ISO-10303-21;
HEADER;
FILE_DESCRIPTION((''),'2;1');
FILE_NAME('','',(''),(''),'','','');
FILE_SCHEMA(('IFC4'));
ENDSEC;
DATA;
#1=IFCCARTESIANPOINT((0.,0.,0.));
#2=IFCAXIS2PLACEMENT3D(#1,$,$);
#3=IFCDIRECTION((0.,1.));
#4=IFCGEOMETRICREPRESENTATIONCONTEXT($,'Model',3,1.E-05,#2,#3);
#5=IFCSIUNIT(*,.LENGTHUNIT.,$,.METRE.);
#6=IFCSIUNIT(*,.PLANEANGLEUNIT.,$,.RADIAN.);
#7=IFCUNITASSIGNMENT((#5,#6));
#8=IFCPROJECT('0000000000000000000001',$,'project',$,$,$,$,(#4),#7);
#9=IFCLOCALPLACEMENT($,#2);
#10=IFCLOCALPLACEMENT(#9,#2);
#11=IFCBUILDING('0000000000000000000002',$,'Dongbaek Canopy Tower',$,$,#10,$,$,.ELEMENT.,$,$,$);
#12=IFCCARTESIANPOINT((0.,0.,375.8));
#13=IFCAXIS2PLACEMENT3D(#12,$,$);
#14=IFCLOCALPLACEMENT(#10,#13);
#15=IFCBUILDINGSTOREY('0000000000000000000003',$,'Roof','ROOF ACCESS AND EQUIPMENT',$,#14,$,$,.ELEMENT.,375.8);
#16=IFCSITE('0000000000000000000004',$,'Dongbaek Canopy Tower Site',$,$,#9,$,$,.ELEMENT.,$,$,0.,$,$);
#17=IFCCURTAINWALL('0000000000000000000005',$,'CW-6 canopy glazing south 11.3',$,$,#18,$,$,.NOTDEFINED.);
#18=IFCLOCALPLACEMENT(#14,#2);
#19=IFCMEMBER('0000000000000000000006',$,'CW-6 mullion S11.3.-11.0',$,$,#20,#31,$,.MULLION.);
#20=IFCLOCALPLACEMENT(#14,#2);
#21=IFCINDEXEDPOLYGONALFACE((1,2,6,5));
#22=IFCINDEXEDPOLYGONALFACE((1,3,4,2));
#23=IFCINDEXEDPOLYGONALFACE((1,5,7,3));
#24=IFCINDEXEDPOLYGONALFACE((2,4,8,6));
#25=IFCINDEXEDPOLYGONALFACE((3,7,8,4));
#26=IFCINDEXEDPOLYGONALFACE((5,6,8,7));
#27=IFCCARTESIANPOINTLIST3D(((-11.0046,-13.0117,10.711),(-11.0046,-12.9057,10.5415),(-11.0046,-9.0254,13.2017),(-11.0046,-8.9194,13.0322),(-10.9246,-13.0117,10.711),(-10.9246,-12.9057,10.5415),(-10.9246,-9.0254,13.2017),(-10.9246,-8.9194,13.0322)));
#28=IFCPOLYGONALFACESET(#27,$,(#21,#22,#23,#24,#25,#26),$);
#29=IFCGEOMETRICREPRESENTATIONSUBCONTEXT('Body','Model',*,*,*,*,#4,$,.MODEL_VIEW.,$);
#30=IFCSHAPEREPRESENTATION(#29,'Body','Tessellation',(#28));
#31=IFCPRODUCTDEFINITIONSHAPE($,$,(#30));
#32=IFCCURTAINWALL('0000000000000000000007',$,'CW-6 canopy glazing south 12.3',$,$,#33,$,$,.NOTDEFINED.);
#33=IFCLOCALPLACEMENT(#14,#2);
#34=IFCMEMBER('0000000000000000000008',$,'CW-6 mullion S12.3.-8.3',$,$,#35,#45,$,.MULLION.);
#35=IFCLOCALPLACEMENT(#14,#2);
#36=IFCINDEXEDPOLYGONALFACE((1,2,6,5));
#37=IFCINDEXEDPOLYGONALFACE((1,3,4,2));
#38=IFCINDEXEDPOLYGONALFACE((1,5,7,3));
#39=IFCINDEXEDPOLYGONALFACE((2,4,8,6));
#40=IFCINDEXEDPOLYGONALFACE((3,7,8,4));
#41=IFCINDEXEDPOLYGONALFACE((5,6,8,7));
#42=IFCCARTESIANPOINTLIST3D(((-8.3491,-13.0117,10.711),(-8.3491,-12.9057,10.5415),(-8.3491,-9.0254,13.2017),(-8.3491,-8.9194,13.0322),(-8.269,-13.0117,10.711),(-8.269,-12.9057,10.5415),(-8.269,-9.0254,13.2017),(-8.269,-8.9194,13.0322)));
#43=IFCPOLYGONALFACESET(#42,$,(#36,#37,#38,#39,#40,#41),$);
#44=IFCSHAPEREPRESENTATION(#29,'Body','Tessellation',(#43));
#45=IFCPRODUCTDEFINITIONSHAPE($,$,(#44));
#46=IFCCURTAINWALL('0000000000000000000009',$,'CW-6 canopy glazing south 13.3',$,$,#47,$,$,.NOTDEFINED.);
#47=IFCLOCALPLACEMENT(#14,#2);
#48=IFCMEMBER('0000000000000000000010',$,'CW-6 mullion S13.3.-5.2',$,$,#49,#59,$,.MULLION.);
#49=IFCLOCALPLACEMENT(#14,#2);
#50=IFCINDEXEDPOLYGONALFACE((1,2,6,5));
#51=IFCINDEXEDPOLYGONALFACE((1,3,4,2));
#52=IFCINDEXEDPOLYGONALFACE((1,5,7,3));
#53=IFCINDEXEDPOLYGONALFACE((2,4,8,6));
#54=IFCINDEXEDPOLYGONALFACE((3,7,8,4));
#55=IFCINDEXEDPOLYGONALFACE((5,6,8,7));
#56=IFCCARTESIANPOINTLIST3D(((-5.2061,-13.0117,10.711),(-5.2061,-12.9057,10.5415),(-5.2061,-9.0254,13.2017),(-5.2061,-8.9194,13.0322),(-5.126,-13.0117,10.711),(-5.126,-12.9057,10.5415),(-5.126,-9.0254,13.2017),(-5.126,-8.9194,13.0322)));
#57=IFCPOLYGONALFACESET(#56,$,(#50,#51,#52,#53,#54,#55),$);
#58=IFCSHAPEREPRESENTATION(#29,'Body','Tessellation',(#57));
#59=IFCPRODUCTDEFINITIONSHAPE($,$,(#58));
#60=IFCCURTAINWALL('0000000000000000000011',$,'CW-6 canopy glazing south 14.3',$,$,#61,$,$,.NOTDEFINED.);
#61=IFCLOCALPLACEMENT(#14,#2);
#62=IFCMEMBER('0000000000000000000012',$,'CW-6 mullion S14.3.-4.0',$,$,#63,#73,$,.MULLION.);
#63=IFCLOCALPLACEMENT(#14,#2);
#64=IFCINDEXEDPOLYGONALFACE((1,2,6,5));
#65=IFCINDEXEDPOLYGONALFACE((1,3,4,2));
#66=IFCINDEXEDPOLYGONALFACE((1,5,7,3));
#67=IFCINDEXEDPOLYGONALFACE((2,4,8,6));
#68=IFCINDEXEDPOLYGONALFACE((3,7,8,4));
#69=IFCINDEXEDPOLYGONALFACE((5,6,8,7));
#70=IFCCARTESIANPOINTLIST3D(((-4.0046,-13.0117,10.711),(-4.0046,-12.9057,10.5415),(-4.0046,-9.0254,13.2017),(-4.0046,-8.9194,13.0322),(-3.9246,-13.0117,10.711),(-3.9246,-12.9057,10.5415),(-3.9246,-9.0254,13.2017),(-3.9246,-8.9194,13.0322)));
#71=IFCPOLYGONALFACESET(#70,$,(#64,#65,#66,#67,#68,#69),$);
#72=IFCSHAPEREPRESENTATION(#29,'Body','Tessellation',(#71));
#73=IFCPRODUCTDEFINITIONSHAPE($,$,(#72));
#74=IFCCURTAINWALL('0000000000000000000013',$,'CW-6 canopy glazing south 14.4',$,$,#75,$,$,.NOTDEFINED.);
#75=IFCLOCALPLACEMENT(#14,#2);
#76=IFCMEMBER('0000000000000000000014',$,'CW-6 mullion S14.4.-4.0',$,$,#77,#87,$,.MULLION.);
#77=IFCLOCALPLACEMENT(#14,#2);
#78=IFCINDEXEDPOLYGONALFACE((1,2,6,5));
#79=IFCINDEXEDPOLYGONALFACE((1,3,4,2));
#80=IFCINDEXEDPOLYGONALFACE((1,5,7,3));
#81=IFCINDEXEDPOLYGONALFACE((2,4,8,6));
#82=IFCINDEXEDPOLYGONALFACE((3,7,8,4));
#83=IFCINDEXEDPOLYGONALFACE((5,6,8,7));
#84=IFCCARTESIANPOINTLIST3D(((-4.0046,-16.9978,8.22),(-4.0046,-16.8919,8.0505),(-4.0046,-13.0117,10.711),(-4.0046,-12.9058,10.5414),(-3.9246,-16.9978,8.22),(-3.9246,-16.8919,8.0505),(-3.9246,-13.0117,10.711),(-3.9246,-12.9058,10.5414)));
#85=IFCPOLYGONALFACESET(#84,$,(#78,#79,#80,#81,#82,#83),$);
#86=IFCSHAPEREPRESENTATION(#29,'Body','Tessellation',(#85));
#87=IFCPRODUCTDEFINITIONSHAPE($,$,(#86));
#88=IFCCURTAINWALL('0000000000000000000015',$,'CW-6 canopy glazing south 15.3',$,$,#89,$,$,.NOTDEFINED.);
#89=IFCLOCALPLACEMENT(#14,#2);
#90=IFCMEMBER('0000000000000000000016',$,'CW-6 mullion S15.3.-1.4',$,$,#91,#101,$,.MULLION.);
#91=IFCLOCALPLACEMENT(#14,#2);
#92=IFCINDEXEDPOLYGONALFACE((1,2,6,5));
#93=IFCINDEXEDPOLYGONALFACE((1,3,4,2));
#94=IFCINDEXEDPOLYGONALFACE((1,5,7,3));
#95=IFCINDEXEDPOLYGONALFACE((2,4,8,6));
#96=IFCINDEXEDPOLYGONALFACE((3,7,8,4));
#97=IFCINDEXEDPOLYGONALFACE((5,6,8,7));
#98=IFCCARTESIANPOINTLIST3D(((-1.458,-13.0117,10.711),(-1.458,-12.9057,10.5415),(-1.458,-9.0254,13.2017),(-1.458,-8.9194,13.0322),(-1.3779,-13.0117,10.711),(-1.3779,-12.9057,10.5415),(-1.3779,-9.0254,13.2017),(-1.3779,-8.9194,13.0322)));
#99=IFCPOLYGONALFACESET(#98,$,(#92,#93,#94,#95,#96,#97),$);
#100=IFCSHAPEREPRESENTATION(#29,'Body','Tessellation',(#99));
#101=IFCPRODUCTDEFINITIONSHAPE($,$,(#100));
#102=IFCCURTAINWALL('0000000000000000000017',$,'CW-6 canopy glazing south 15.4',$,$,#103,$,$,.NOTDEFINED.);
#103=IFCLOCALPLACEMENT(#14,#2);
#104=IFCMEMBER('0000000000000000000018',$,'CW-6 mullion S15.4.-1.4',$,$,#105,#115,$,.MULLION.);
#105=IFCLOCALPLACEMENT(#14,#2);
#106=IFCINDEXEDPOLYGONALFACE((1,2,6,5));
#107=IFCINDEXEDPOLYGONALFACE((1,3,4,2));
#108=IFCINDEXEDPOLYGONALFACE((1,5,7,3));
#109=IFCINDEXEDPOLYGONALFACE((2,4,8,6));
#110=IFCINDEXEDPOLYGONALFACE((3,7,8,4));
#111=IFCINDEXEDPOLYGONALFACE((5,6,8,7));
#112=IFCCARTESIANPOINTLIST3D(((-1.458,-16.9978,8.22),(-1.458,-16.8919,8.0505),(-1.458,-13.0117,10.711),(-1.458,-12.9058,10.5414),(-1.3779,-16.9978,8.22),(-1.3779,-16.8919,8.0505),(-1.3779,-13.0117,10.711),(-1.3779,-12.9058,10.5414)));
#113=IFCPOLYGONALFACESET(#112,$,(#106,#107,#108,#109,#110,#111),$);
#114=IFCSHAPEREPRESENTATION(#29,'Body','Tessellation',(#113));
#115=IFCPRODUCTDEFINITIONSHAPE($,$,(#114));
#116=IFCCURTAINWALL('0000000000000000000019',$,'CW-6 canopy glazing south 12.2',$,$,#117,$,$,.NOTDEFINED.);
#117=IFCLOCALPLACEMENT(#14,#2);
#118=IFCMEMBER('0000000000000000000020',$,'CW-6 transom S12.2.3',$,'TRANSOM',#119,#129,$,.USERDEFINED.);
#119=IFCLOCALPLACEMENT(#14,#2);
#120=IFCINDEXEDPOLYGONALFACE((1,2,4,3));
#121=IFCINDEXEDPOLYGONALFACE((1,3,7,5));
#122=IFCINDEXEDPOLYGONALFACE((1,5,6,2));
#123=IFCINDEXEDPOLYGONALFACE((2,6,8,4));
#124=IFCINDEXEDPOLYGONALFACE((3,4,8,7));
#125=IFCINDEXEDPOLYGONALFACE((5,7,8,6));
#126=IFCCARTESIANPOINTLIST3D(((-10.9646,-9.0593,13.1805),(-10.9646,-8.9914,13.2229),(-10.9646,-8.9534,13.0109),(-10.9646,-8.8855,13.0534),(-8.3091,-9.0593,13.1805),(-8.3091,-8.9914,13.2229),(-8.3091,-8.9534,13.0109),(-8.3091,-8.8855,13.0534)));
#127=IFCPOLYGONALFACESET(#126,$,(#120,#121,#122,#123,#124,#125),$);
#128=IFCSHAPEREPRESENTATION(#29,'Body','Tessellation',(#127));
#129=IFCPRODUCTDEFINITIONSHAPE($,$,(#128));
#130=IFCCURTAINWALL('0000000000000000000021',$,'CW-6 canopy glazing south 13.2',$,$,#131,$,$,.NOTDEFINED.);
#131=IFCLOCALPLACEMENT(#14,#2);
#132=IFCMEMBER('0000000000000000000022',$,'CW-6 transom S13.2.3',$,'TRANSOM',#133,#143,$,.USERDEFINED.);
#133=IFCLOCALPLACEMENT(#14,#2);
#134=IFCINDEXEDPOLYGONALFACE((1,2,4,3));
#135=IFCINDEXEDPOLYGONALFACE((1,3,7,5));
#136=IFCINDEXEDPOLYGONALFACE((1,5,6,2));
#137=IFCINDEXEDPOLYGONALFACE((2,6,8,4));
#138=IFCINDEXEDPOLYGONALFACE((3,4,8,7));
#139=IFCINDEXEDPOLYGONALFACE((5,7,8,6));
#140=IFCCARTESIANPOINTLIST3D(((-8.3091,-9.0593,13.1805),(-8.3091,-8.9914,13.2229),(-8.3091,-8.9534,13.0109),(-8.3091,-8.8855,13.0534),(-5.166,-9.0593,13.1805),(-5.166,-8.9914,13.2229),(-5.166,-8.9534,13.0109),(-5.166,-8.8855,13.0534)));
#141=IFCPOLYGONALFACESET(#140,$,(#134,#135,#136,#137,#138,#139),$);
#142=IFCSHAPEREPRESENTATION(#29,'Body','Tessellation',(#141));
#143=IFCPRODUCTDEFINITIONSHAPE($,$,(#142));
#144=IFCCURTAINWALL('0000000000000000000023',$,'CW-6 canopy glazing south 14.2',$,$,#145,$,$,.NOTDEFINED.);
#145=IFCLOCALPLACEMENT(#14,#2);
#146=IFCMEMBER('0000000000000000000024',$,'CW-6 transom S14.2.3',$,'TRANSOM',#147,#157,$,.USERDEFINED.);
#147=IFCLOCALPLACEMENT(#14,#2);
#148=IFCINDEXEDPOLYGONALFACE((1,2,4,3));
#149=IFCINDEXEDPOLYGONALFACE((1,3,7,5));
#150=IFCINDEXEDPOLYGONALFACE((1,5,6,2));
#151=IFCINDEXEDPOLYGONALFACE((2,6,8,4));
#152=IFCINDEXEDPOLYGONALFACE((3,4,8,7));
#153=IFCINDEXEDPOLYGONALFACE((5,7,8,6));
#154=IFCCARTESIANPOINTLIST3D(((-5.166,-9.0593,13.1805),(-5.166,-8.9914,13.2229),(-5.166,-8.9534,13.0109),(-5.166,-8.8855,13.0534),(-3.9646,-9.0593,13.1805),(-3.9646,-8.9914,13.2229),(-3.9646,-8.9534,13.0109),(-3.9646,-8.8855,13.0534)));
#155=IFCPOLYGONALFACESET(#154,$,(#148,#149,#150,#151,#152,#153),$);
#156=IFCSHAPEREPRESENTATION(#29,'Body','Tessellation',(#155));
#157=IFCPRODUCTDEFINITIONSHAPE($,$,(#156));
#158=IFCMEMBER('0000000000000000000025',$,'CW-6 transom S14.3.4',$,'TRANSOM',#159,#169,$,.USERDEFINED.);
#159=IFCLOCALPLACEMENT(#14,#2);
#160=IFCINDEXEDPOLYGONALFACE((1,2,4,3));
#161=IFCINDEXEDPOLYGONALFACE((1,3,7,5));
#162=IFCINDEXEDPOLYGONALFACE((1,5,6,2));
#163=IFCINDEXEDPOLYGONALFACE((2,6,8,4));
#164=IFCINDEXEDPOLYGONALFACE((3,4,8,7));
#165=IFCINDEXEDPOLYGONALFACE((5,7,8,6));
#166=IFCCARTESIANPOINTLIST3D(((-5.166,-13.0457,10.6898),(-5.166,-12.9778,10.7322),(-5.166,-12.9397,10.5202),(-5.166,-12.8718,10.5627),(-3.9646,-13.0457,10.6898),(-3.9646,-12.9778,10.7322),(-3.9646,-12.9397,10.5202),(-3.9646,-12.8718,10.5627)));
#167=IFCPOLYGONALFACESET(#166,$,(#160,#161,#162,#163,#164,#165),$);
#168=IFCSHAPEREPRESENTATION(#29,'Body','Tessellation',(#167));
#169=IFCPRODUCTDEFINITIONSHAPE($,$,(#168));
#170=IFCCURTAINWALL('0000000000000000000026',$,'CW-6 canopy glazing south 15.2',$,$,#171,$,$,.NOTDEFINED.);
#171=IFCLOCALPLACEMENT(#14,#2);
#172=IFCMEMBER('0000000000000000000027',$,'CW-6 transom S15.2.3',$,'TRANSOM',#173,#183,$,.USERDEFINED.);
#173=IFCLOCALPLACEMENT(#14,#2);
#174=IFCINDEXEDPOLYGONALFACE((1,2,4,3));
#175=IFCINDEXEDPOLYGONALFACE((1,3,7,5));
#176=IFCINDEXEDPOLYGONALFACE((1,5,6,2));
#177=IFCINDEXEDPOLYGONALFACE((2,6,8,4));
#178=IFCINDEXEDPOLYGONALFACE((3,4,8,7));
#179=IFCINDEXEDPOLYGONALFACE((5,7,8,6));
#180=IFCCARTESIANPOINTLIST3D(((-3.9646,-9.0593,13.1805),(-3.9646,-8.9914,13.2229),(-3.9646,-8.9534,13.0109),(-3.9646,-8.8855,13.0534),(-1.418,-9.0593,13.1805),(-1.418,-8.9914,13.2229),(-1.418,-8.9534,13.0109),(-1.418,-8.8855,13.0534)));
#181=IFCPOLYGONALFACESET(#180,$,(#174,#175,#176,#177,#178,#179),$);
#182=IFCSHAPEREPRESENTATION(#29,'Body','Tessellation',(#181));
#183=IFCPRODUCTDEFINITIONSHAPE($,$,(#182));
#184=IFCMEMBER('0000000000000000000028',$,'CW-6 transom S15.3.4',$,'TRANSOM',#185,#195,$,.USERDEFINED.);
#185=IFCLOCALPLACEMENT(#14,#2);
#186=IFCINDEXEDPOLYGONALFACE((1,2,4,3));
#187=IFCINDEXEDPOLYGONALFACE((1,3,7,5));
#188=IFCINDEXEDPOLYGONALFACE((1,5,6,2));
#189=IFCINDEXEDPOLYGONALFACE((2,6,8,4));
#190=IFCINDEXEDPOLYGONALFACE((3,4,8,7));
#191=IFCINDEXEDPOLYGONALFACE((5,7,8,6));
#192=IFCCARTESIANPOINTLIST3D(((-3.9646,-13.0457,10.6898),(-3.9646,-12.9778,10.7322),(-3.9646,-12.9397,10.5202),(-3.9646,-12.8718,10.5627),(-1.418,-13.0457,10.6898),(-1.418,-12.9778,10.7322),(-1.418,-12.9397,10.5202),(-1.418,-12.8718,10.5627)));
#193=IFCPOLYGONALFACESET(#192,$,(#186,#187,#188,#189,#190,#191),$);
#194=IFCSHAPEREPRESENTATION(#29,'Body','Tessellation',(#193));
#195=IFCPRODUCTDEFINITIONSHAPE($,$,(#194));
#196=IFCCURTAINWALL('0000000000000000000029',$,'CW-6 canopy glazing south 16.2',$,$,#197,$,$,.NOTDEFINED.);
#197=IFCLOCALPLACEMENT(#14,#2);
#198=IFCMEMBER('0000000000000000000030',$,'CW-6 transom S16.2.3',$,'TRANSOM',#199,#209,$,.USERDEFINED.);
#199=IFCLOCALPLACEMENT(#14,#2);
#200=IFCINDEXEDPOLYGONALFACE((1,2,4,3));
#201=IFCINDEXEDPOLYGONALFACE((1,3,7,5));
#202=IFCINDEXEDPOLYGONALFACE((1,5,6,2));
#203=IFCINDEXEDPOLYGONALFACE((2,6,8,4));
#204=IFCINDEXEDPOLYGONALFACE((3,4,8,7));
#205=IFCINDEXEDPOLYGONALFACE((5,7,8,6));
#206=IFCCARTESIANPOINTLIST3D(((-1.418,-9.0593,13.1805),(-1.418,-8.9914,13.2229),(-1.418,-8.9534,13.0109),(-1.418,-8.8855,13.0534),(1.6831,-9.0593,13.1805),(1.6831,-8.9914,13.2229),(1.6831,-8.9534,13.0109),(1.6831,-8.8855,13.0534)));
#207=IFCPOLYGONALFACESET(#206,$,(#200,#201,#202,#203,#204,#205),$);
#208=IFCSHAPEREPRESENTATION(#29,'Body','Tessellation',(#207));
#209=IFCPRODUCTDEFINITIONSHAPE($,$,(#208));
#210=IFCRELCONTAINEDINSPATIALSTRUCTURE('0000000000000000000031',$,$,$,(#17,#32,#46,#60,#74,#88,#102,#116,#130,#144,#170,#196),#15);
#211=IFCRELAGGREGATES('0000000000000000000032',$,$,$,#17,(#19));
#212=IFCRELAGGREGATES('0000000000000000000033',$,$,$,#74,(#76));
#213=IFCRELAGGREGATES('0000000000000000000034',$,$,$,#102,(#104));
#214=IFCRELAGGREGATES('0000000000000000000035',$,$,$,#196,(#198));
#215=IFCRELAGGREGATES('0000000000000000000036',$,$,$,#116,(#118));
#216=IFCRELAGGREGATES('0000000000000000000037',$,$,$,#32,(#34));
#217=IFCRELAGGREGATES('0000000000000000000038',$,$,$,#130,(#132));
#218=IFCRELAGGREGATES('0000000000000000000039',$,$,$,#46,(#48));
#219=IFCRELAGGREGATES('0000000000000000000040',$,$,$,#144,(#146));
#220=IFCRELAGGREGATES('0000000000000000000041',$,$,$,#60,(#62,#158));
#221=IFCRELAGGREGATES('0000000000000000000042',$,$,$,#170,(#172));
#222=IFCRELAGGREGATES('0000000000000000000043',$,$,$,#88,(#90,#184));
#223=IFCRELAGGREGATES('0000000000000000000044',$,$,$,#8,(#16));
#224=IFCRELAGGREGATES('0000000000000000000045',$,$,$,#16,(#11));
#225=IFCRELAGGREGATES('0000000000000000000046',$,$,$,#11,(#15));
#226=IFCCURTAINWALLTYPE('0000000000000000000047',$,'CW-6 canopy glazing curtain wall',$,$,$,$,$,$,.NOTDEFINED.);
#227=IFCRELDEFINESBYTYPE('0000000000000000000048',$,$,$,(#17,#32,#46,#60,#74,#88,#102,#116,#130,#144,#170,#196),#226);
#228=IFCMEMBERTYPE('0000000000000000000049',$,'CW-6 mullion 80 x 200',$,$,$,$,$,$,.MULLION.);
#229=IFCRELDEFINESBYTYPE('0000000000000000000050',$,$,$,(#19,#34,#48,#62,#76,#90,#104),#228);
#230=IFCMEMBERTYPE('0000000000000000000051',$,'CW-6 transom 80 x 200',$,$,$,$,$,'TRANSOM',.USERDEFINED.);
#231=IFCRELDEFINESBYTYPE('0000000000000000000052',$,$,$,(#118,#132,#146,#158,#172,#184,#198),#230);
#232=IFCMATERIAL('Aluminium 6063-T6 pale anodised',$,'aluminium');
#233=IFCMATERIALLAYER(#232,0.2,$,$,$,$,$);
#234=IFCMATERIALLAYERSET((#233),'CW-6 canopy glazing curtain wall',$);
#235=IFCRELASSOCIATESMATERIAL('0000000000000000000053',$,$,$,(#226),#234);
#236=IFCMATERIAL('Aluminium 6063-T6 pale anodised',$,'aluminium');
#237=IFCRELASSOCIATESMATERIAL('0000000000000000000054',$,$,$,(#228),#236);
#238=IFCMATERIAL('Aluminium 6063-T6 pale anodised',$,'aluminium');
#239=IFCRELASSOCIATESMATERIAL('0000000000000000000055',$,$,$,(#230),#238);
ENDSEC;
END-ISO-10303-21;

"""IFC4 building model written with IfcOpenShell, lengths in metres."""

from ifc_helpers import new_model, si_unit, direction, frame, origin, origin_2d, place, context, subcontext, project, spatial, rectangle, extrude, material, layer, layer_set, material_profile, profile_set, type_object, element, aggregate, save


model = new_model("IFC4")

# Units and contexts
model_context = context("Model", 3, precision=1e-05, world=origin(), true_north=direction((0.0, 1.0)))
body_context = subcontext(model_context, "Body", "Model", "MODEL_VIEW")
ifc_project = project(units=[si_unit("LENGTHUNIT", "METRE"), si_unit("PLANEANGLEUNIT", "RADIAN")], contexts=[model_context])

# Site, building, storey
site_placement = place(None, origin())
site = spatial("IfcSite", under=ifc_project, at=site_placement, Name="Dongbaek Canopy Tower Site", CompositionType="ELEMENT", RefElevation=0.0)
building_placement = place(site_placement, origin())
building = spatial("IfcBuilding", under=site, at=building_placement, Name="Dongbaek Canopy Tower", CompositionType="ELEMENT")
storey_placement = place(building_placement, frame((0.0, 0.0, 375.8)))
storey = spatial("IfcBuildingStorey", under=building, at=storey_placement, Name="Roof", Description="ROOF ACCESS AND EQUIPMENT", CompositionType="ELEMENT", Elevation=375.8)

# Curtain walls, members
ifc_material_1 = material(Name="Aluminium 6063-T6 pale anodised", Category="aluminium")
ifc_layer_1 = layer(ifc_material_1, 0.2)
ifc_layer_set_1 = layer_set([ifc_layer_1], Name="CW-6 canopy glazing curtain wall")
curtain_wall_type = type_object("IfcCurtainWallType", Name="CW-6 canopy glazing curtain wall", PredefinedType="NOTDEFINED", material=ifc_layer_set_1)
curtain_wall_1_placement = place(storey_placement, origin())
curtain_wall_1 = element("IfcCurtainWall", 1, at=curtain_wall_1_placement, inside=storey, type_object=curtain_wall_type, Name="CW-6 canopy glazing south 11.3", PredefinedType="NOTDEFINED")
ifc_material_2 = material(Name="Aluminium 6063-T6 pale anodised", Category="aluminium")
ifc_material_profile_1 = material_profile(ifc_material_2, rectangle(XDim=0.0801, YDim=0.2, at=origin_2d()), Name="CW-6 mullion 80 x 200")
ifc_profile_set_1 = profile_set([ifc_material_profile_1], Name="Aluminium 6063-T6 pale anodised")
member_type_1 = type_object("IfcMemberType", Name="CW-6 mullion 80 x 200", PredefinedType="MULLION", material=ifc_profile_set_1)
member_1_placement = place(storey_placement, frame((-10.9646, -8.9724, 13.1169), z_axis=(0.0, -0.848068, -0.529887), x_axis=(1.0, 0.0, 0.0)))
member_1 = element("IfcMember", 2, at=member_1_placement, type_object=member_type_1, Name="CW-6 mullion S11.3.-11.0", PredefinedType="MULLION", context=body_context, shape_type="SweptSolid", body=[
    extrude(rectangle(XDim=0.0801, YDim=0.2, at=origin_2d()), origin(), (0.0, 0.0, 1.0), 4.7004),
])
aggregate(curtain_wall_1, [member_1])
curtain_wall_2_placement = place(storey_placement, origin())
curtain_wall_2 = element("IfcCurtainWall", 3, at=curtain_wall_2_placement, inside=storey, type_object=curtain_wall_type, Name="CW-6 canopy glazing south 12.3", PredefinedType="NOTDEFINED")
member_2_placement = place(storey_placement, frame((-8.3091, -8.9724, 13.1169), z_axis=(0.0, -0.848068, -0.529887), x_axis=(1.0, 0.0, 0.0)))
member_2 = element("IfcMember", 4, at=member_2_placement, type_object=member_type_1, Name="CW-6 mullion S12.3.-8.3", PredefinedType="MULLION", context=body_context, shape_type="SweptSolid", body=[
    extrude(rectangle(XDim=0.0801, YDim=0.2, at=origin_2d()), origin(), (0.0, 0.0, 1.0), 4.7004),
])
curtain_wall_3_placement = place(storey_placement, origin())
curtain_wall_3 = element("IfcCurtainWall", 5, at=curtain_wall_3_placement, inside=storey, type_object=curtain_wall_type, Name="CW-6 canopy glazing south 13.3", PredefinedType="NOTDEFINED")
member_3_placement = place(storey_placement, frame((-5.166, -8.9724, 13.1169), z_axis=(0.0, -0.848068, -0.529887), x_axis=(1.0, 0.0, 0.0)))
member_3 = element("IfcMember", 6, at=member_3_placement, type_object=member_type_1, Name="CW-6 mullion S13.3.-5.2", PredefinedType="MULLION", context=body_context, shape_type="SweptSolid", body=[
    extrude(rectangle(XDim=0.0801, YDim=0.2, at=origin_2d()), origin(), (0.0, 0.0, 1.0), 4.7004),
])
curtain_wall_4_placement = place(storey_placement, origin())
curtain_wall_4 = element("IfcCurtainWall", 7, at=curtain_wall_4_placement, inside=storey, type_object=curtain_wall_type, Name="CW-6 canopy glazing south 14.3", PredefinedType="NOTDEFINED")
member_4_placement = place(storey_placement, frame((-3.9646, -8.9724, 13.1169), z_axis=(0.0, -0.848068, -0.529887), x_axis=(1.0, 0.0, 0.0)))
member_4 = element("IfcMember", 8, at=member_4_placement, type_object=member_type_1, Name="CW-6 mullion S14.3.-4.0", PredefinedType="MULLION", context=body_context, shape_type="SweptSolid", body=[
    extrude(rectangle(XDim=0.0801, YDim=0.2, at=origin_2d()), origin(), (0.0, 0.0, 1.0), 4.7004),
])
curtain_wall_5_placement = place(storey_placement, origin())
curtain_wall_5 = element("IfcCurtainWall", 9, at=curtain_wall_5_placement, inside=storey, type_object=curtain_wall_type, Name="CW-6 canopy glazing south 14.4", PredefinedType="NOTDEFINED")
member_5_placement = place(storey_placement, frame((-3.9646, -12.9587, 10.6262), z_axis=(0.0, -0.84803, -0.529948), x_axis=(1.0, 0.0, 0.0)))
member_5 = element("IfcMember", 10, at=member_5_placement, type_object=member_type_1, Name="CW-6 mullion S14.4.-4.0", PredefinedType="MULLION", context=body_context, shape_type="SweptSolid", body=[
    extrude(rectangle(XDim=0.0801, YDim=0.2, at=origin_2d()), origin(), (0.0, 0.0, 1.0), 4.7004),
])
aggregate(curtain_wall_5, [member_5])
curtain_wall_6_placement = place(storey_placement, origin())
curtain_wall_6 = element("IfcCurtainWall", 11, at=curtain_wall_6_placement, inside=storey, type_object=curtain_wall_type, Name="CW-6 canopy glazing south 15.3", PredefinedType="NOTDEFINED")
member_6_placement = place(storey_placement, frame((-1.418, -8.9724, 13.1169), z_axis=(0.0, -0.848068, -0.529887), x_axis=(1.0, 0.0, 0.0)))
member_6 = element("IfcMember", 12, at=member_6_placement, type_object=member_type_1, Name="CW-6 mullion S15.3.-1.4", PredefinedType="MULLION", context=body_context, shape_type="SweptSolid", body=[
    extrude(rectangle(XDim=0.0801, YDim=0.2, at=origin_2d()), origin(), (0.0, 0.0, 1.0), 4.7004),
])
curtain_wall_7_placement = place(storey_placement, origin())
curtain_wall_7 = element("IfcCurtainWall", 13, at=curtain_wall_7_placement, inside=storey, type_object=curtain_wall_type, Name="CW-6 canopy glazing south 15.4", PredefinedType="NOTDEFINED")
member_7_placement = place(storey_placement, frame((-1.418, -12.9587, 10.6262), z_axis=(0.0, -0.84803, -0.529948), x_axis=(1.0, 0.0, 0.0)))
member_7 = element("IfcMember", 14, at=member_7_placement, type_object=member_type_1, Name="CW-6 mullion S15.4.-1.4", PredefinedType="MULLION", context=body_context, shape_type="SweptSolid", body=[
    extrude(rectangle(XDim=0.0801, YDim=0.2, at=origin_2d()), origin(), (0.0, 0.0, 1.0), 4.7004),
])
aggregate(curtain_wall_7, [member_7])
curtain_wall_8_placement = place(storey_placement, origin())
curtain_wall_8 = element("IfcCurtainWall", 15, at=curtain_wall_8_placement, inside=storey, type_object=curtain_wall_type, Name="CW-6 canopy glazing south 12.2", PredefinedType="NOTDEFINED")
ifc_material_3 = material(Name="Aluminium 6063-T6 pale anodised", Category="aluminium")
ifc_material_profile_2 = material_profile(ifc_material_3, rectangle(XDim=0.0801, YDim=0.2, at=origin_2d()), Name="CW-6 transom 80 x 200")
ifc_profile_set_2 = profile_set([ifc_material_profile_2], Name="Aluminium 6063-T6 pale anodised")
member_type_2 = type_object("IfcMemberType", Name="CW-6 transom 80 x 200", ElementType="TRANSOM", PredefinedType="USERDEFINED", material=ifc_profile_set_2)
member_8_placement = place(storey_placement, frame((-10.9646, -8.9724, 13.1169), z_axis=(1.0, 0.0, 0.0), x_axis=(0.0, 0.848048, 0.529919)))
member_8 = element("IfcMember", 16, at=member_8_placement, type_object=member_type_2, Name="CW-6 transom S12.2.3", ObjectType="TRANSOM", PredefinedType="USERDEFINED", context=body_context, shape_type="SweptSolid", body=[
    extrude(rectangle(XDim=0.0801, YDim=0.2, at=origin_2d()), origin(), (0.0, 0.0, 1.0), 2.6555),
])
curtain_wall_9_placement = place(storey_placement, origin())
curtain_wall_9 = element("IfcCurtainWall", 17, at=curtain_wall_9_placement, inside=storey, type_object=curtain_wall_type, Name="CW-6 canopy glazing south 13.2", PredefinedType="NOTDEFINED")
member_9_placement = place(storey_placement, frame((-8.3091, -8.9724, 13.1169), z_axis=(1.0, 0.0, 0.0), x_axis=(0.0, 0.848048, 0.529919)))
member_9 = element("IfcMember", 18, at=member_9_placement, type_object=member_type_2, Name="CW-6 transom S13.2.3", ObjectType="TRANSOM", PredefinedType="USERDEFINED", context=body_context, shape_type="SweptSolid", body=[
    extrude(rectangle(XDim=0.0801, YDim=0.2, at=origin_2d()), origin(), (0.0, 0.0, 1.0), 3.1431),
])
curtain_wall_10_placement = place(storey_placement, origin())
curtain_wall_10 = element("IfcCurtainWall", 19, at=curtain_wall_10_placement, inside=storey, type_object=curtain_wall_type, Name="CW-6 canopy glazing south 14.2", PredefinedType="NOTDEFINED")
member_10_placement = place(storey_placement, frame((-5.166, -8.9724, 13.1169), z_axis=(1.0, 0.0, 0.0), x_axis=(0.0, 0.848048, 0.529919)))
member_10 = element("IfcMember", 20, at=member_10_placement, type_object=member_type_2, Name="CW-6 transom S14.2.3", ObjectType="TRANSOM", PredefinedType="USERDEFINED", context=body_context, shape_type="SweptSolid", body=[
    extrude(rectangle(XDim=0.0801, YDim=0.2, at=origin_2d()), origin(), (0.0, 0.0, 1.0), 1.2014),
])

# Member
member_11_placement = place(storey_placement, frame((-5.166, -12.9587, 10.6262), z_axis=(1.0, 0.0, 0.0), x_axis=(0.0, 0.848048, 0.529919)))
member_11 = element("IfcMember", 21, at=member_11_placement, type_object=member_type_2, Name="CW-6 transom S14.3.4", ObjectType="TRANSOM", PredefinedType="USERDEFINED", context=body_context, shape_type="SweptSolid", body=[
    extrude(rectangle(XDim=0.0801, YDim=0.2, at=origin_2d()), origin(), (0.0, 0.0, 1.0), 1.2014),
])

# Curtain wall, member
curtain_wall_11_placement = place(storey_placement, origin())
curtain_wall_11 = element("IfcCurtainWall", 22, at=curtain_wall_11_placement, inside=storey, type_object=curtain_wall_type, Name="CW-6 canopy glazing south 15.2", PredefinedType="NOTDEFINED")
member_12_placement = place(storey_placement, frame((-3.9646, -8.9724, 13.1169), z_axis=(1.0, 0.0, 0.0), x_axis=(0.0, 0.848048, 0.529919)))
member_12 = element("IfcMember", 23, at=member_12_placement, type_object=member_type_2, Name="CW-6 transom S15.2.3", ObjectType="TRANSOM", PredefinedType="USERDEFINED", context=body_context, shape_type="SweptSolid", body=[
    extrude(rectangle(XDim=0.0801, YDim=0.2, at=origin_2d()), origin(), (0.0, 0.0, 1.0), 2.5466),
])

# Member
member_13_placement = place(storey_placement, frame((-3.9646, -12.9587, 10.6262), z_axis=(1.0, 0.0, 0.0), x_axis=(0.0, 0.848048, 0.529919)))
member_13 = element("IfcMember", 24, at=member_13_placement, type_object=member_type_2, Name="CW-6 transom S15.3.4", ObjectType="TRANSOM", PredefinedType="USERDEFINED", context=body_context, shape_type="SweptSolid", body=[
    extrude(rectangle(XDim=0.0801, YDim=0.2, at=origin_2d()), origin(), (0.0, 0.0, 1.0), 2.5466),
])

# Curtain wall, member
curtain_wall_12_placement = place(storey_placement, origin())
curtain_wall_12 = element("IfcCurtainWall", 25, at=curtain_wall_12_placement, inside=storey, type_object=curtain_wall_type, Name="CW-6 canopy glazing south 16.2", PredefinedType="NOTDEFINED")
member_14_placement = place(storey_placement, frame((-1.418, -8.9724, 13.1169), z_axis=(1.0, 0.0, 0.0), x_axis=(0.0, 0.848048, 0.529919)))
member_14 = element("IfcMember", 26, at=member_14_placement, type_object=member_type_2, Name="CW-6 transom S16.2.3", ObjectType="TRANSOM", PredefinedType="USERDEFINED", context=body_context, shape_type="SweptSolid", body=[
    extrude(rectangle(XDim=0.0801, YDim=0.2, at=origin_2d()), origin(), (0.0, 0.0, 1.0), 3.1011),
])
aggregate(curtain_wall_12, [member_14])

aggregate(curtain_wall_8, [member_8])
aggregate(curtain_wall_2, [member_2])
aggregate(curtain_wall_9, [member_9])
aggregate(curtain_wall_3, [member_3])
aggregate(curtain_wall_10, [member_10])
aggregate(curtain_wall_4, [member_4, member_11])
aggregate(curtain_wall_11, [member_12])
aggregate(curtain_wall_6, [member_6, member_13])

save(model, "model.ifc")
